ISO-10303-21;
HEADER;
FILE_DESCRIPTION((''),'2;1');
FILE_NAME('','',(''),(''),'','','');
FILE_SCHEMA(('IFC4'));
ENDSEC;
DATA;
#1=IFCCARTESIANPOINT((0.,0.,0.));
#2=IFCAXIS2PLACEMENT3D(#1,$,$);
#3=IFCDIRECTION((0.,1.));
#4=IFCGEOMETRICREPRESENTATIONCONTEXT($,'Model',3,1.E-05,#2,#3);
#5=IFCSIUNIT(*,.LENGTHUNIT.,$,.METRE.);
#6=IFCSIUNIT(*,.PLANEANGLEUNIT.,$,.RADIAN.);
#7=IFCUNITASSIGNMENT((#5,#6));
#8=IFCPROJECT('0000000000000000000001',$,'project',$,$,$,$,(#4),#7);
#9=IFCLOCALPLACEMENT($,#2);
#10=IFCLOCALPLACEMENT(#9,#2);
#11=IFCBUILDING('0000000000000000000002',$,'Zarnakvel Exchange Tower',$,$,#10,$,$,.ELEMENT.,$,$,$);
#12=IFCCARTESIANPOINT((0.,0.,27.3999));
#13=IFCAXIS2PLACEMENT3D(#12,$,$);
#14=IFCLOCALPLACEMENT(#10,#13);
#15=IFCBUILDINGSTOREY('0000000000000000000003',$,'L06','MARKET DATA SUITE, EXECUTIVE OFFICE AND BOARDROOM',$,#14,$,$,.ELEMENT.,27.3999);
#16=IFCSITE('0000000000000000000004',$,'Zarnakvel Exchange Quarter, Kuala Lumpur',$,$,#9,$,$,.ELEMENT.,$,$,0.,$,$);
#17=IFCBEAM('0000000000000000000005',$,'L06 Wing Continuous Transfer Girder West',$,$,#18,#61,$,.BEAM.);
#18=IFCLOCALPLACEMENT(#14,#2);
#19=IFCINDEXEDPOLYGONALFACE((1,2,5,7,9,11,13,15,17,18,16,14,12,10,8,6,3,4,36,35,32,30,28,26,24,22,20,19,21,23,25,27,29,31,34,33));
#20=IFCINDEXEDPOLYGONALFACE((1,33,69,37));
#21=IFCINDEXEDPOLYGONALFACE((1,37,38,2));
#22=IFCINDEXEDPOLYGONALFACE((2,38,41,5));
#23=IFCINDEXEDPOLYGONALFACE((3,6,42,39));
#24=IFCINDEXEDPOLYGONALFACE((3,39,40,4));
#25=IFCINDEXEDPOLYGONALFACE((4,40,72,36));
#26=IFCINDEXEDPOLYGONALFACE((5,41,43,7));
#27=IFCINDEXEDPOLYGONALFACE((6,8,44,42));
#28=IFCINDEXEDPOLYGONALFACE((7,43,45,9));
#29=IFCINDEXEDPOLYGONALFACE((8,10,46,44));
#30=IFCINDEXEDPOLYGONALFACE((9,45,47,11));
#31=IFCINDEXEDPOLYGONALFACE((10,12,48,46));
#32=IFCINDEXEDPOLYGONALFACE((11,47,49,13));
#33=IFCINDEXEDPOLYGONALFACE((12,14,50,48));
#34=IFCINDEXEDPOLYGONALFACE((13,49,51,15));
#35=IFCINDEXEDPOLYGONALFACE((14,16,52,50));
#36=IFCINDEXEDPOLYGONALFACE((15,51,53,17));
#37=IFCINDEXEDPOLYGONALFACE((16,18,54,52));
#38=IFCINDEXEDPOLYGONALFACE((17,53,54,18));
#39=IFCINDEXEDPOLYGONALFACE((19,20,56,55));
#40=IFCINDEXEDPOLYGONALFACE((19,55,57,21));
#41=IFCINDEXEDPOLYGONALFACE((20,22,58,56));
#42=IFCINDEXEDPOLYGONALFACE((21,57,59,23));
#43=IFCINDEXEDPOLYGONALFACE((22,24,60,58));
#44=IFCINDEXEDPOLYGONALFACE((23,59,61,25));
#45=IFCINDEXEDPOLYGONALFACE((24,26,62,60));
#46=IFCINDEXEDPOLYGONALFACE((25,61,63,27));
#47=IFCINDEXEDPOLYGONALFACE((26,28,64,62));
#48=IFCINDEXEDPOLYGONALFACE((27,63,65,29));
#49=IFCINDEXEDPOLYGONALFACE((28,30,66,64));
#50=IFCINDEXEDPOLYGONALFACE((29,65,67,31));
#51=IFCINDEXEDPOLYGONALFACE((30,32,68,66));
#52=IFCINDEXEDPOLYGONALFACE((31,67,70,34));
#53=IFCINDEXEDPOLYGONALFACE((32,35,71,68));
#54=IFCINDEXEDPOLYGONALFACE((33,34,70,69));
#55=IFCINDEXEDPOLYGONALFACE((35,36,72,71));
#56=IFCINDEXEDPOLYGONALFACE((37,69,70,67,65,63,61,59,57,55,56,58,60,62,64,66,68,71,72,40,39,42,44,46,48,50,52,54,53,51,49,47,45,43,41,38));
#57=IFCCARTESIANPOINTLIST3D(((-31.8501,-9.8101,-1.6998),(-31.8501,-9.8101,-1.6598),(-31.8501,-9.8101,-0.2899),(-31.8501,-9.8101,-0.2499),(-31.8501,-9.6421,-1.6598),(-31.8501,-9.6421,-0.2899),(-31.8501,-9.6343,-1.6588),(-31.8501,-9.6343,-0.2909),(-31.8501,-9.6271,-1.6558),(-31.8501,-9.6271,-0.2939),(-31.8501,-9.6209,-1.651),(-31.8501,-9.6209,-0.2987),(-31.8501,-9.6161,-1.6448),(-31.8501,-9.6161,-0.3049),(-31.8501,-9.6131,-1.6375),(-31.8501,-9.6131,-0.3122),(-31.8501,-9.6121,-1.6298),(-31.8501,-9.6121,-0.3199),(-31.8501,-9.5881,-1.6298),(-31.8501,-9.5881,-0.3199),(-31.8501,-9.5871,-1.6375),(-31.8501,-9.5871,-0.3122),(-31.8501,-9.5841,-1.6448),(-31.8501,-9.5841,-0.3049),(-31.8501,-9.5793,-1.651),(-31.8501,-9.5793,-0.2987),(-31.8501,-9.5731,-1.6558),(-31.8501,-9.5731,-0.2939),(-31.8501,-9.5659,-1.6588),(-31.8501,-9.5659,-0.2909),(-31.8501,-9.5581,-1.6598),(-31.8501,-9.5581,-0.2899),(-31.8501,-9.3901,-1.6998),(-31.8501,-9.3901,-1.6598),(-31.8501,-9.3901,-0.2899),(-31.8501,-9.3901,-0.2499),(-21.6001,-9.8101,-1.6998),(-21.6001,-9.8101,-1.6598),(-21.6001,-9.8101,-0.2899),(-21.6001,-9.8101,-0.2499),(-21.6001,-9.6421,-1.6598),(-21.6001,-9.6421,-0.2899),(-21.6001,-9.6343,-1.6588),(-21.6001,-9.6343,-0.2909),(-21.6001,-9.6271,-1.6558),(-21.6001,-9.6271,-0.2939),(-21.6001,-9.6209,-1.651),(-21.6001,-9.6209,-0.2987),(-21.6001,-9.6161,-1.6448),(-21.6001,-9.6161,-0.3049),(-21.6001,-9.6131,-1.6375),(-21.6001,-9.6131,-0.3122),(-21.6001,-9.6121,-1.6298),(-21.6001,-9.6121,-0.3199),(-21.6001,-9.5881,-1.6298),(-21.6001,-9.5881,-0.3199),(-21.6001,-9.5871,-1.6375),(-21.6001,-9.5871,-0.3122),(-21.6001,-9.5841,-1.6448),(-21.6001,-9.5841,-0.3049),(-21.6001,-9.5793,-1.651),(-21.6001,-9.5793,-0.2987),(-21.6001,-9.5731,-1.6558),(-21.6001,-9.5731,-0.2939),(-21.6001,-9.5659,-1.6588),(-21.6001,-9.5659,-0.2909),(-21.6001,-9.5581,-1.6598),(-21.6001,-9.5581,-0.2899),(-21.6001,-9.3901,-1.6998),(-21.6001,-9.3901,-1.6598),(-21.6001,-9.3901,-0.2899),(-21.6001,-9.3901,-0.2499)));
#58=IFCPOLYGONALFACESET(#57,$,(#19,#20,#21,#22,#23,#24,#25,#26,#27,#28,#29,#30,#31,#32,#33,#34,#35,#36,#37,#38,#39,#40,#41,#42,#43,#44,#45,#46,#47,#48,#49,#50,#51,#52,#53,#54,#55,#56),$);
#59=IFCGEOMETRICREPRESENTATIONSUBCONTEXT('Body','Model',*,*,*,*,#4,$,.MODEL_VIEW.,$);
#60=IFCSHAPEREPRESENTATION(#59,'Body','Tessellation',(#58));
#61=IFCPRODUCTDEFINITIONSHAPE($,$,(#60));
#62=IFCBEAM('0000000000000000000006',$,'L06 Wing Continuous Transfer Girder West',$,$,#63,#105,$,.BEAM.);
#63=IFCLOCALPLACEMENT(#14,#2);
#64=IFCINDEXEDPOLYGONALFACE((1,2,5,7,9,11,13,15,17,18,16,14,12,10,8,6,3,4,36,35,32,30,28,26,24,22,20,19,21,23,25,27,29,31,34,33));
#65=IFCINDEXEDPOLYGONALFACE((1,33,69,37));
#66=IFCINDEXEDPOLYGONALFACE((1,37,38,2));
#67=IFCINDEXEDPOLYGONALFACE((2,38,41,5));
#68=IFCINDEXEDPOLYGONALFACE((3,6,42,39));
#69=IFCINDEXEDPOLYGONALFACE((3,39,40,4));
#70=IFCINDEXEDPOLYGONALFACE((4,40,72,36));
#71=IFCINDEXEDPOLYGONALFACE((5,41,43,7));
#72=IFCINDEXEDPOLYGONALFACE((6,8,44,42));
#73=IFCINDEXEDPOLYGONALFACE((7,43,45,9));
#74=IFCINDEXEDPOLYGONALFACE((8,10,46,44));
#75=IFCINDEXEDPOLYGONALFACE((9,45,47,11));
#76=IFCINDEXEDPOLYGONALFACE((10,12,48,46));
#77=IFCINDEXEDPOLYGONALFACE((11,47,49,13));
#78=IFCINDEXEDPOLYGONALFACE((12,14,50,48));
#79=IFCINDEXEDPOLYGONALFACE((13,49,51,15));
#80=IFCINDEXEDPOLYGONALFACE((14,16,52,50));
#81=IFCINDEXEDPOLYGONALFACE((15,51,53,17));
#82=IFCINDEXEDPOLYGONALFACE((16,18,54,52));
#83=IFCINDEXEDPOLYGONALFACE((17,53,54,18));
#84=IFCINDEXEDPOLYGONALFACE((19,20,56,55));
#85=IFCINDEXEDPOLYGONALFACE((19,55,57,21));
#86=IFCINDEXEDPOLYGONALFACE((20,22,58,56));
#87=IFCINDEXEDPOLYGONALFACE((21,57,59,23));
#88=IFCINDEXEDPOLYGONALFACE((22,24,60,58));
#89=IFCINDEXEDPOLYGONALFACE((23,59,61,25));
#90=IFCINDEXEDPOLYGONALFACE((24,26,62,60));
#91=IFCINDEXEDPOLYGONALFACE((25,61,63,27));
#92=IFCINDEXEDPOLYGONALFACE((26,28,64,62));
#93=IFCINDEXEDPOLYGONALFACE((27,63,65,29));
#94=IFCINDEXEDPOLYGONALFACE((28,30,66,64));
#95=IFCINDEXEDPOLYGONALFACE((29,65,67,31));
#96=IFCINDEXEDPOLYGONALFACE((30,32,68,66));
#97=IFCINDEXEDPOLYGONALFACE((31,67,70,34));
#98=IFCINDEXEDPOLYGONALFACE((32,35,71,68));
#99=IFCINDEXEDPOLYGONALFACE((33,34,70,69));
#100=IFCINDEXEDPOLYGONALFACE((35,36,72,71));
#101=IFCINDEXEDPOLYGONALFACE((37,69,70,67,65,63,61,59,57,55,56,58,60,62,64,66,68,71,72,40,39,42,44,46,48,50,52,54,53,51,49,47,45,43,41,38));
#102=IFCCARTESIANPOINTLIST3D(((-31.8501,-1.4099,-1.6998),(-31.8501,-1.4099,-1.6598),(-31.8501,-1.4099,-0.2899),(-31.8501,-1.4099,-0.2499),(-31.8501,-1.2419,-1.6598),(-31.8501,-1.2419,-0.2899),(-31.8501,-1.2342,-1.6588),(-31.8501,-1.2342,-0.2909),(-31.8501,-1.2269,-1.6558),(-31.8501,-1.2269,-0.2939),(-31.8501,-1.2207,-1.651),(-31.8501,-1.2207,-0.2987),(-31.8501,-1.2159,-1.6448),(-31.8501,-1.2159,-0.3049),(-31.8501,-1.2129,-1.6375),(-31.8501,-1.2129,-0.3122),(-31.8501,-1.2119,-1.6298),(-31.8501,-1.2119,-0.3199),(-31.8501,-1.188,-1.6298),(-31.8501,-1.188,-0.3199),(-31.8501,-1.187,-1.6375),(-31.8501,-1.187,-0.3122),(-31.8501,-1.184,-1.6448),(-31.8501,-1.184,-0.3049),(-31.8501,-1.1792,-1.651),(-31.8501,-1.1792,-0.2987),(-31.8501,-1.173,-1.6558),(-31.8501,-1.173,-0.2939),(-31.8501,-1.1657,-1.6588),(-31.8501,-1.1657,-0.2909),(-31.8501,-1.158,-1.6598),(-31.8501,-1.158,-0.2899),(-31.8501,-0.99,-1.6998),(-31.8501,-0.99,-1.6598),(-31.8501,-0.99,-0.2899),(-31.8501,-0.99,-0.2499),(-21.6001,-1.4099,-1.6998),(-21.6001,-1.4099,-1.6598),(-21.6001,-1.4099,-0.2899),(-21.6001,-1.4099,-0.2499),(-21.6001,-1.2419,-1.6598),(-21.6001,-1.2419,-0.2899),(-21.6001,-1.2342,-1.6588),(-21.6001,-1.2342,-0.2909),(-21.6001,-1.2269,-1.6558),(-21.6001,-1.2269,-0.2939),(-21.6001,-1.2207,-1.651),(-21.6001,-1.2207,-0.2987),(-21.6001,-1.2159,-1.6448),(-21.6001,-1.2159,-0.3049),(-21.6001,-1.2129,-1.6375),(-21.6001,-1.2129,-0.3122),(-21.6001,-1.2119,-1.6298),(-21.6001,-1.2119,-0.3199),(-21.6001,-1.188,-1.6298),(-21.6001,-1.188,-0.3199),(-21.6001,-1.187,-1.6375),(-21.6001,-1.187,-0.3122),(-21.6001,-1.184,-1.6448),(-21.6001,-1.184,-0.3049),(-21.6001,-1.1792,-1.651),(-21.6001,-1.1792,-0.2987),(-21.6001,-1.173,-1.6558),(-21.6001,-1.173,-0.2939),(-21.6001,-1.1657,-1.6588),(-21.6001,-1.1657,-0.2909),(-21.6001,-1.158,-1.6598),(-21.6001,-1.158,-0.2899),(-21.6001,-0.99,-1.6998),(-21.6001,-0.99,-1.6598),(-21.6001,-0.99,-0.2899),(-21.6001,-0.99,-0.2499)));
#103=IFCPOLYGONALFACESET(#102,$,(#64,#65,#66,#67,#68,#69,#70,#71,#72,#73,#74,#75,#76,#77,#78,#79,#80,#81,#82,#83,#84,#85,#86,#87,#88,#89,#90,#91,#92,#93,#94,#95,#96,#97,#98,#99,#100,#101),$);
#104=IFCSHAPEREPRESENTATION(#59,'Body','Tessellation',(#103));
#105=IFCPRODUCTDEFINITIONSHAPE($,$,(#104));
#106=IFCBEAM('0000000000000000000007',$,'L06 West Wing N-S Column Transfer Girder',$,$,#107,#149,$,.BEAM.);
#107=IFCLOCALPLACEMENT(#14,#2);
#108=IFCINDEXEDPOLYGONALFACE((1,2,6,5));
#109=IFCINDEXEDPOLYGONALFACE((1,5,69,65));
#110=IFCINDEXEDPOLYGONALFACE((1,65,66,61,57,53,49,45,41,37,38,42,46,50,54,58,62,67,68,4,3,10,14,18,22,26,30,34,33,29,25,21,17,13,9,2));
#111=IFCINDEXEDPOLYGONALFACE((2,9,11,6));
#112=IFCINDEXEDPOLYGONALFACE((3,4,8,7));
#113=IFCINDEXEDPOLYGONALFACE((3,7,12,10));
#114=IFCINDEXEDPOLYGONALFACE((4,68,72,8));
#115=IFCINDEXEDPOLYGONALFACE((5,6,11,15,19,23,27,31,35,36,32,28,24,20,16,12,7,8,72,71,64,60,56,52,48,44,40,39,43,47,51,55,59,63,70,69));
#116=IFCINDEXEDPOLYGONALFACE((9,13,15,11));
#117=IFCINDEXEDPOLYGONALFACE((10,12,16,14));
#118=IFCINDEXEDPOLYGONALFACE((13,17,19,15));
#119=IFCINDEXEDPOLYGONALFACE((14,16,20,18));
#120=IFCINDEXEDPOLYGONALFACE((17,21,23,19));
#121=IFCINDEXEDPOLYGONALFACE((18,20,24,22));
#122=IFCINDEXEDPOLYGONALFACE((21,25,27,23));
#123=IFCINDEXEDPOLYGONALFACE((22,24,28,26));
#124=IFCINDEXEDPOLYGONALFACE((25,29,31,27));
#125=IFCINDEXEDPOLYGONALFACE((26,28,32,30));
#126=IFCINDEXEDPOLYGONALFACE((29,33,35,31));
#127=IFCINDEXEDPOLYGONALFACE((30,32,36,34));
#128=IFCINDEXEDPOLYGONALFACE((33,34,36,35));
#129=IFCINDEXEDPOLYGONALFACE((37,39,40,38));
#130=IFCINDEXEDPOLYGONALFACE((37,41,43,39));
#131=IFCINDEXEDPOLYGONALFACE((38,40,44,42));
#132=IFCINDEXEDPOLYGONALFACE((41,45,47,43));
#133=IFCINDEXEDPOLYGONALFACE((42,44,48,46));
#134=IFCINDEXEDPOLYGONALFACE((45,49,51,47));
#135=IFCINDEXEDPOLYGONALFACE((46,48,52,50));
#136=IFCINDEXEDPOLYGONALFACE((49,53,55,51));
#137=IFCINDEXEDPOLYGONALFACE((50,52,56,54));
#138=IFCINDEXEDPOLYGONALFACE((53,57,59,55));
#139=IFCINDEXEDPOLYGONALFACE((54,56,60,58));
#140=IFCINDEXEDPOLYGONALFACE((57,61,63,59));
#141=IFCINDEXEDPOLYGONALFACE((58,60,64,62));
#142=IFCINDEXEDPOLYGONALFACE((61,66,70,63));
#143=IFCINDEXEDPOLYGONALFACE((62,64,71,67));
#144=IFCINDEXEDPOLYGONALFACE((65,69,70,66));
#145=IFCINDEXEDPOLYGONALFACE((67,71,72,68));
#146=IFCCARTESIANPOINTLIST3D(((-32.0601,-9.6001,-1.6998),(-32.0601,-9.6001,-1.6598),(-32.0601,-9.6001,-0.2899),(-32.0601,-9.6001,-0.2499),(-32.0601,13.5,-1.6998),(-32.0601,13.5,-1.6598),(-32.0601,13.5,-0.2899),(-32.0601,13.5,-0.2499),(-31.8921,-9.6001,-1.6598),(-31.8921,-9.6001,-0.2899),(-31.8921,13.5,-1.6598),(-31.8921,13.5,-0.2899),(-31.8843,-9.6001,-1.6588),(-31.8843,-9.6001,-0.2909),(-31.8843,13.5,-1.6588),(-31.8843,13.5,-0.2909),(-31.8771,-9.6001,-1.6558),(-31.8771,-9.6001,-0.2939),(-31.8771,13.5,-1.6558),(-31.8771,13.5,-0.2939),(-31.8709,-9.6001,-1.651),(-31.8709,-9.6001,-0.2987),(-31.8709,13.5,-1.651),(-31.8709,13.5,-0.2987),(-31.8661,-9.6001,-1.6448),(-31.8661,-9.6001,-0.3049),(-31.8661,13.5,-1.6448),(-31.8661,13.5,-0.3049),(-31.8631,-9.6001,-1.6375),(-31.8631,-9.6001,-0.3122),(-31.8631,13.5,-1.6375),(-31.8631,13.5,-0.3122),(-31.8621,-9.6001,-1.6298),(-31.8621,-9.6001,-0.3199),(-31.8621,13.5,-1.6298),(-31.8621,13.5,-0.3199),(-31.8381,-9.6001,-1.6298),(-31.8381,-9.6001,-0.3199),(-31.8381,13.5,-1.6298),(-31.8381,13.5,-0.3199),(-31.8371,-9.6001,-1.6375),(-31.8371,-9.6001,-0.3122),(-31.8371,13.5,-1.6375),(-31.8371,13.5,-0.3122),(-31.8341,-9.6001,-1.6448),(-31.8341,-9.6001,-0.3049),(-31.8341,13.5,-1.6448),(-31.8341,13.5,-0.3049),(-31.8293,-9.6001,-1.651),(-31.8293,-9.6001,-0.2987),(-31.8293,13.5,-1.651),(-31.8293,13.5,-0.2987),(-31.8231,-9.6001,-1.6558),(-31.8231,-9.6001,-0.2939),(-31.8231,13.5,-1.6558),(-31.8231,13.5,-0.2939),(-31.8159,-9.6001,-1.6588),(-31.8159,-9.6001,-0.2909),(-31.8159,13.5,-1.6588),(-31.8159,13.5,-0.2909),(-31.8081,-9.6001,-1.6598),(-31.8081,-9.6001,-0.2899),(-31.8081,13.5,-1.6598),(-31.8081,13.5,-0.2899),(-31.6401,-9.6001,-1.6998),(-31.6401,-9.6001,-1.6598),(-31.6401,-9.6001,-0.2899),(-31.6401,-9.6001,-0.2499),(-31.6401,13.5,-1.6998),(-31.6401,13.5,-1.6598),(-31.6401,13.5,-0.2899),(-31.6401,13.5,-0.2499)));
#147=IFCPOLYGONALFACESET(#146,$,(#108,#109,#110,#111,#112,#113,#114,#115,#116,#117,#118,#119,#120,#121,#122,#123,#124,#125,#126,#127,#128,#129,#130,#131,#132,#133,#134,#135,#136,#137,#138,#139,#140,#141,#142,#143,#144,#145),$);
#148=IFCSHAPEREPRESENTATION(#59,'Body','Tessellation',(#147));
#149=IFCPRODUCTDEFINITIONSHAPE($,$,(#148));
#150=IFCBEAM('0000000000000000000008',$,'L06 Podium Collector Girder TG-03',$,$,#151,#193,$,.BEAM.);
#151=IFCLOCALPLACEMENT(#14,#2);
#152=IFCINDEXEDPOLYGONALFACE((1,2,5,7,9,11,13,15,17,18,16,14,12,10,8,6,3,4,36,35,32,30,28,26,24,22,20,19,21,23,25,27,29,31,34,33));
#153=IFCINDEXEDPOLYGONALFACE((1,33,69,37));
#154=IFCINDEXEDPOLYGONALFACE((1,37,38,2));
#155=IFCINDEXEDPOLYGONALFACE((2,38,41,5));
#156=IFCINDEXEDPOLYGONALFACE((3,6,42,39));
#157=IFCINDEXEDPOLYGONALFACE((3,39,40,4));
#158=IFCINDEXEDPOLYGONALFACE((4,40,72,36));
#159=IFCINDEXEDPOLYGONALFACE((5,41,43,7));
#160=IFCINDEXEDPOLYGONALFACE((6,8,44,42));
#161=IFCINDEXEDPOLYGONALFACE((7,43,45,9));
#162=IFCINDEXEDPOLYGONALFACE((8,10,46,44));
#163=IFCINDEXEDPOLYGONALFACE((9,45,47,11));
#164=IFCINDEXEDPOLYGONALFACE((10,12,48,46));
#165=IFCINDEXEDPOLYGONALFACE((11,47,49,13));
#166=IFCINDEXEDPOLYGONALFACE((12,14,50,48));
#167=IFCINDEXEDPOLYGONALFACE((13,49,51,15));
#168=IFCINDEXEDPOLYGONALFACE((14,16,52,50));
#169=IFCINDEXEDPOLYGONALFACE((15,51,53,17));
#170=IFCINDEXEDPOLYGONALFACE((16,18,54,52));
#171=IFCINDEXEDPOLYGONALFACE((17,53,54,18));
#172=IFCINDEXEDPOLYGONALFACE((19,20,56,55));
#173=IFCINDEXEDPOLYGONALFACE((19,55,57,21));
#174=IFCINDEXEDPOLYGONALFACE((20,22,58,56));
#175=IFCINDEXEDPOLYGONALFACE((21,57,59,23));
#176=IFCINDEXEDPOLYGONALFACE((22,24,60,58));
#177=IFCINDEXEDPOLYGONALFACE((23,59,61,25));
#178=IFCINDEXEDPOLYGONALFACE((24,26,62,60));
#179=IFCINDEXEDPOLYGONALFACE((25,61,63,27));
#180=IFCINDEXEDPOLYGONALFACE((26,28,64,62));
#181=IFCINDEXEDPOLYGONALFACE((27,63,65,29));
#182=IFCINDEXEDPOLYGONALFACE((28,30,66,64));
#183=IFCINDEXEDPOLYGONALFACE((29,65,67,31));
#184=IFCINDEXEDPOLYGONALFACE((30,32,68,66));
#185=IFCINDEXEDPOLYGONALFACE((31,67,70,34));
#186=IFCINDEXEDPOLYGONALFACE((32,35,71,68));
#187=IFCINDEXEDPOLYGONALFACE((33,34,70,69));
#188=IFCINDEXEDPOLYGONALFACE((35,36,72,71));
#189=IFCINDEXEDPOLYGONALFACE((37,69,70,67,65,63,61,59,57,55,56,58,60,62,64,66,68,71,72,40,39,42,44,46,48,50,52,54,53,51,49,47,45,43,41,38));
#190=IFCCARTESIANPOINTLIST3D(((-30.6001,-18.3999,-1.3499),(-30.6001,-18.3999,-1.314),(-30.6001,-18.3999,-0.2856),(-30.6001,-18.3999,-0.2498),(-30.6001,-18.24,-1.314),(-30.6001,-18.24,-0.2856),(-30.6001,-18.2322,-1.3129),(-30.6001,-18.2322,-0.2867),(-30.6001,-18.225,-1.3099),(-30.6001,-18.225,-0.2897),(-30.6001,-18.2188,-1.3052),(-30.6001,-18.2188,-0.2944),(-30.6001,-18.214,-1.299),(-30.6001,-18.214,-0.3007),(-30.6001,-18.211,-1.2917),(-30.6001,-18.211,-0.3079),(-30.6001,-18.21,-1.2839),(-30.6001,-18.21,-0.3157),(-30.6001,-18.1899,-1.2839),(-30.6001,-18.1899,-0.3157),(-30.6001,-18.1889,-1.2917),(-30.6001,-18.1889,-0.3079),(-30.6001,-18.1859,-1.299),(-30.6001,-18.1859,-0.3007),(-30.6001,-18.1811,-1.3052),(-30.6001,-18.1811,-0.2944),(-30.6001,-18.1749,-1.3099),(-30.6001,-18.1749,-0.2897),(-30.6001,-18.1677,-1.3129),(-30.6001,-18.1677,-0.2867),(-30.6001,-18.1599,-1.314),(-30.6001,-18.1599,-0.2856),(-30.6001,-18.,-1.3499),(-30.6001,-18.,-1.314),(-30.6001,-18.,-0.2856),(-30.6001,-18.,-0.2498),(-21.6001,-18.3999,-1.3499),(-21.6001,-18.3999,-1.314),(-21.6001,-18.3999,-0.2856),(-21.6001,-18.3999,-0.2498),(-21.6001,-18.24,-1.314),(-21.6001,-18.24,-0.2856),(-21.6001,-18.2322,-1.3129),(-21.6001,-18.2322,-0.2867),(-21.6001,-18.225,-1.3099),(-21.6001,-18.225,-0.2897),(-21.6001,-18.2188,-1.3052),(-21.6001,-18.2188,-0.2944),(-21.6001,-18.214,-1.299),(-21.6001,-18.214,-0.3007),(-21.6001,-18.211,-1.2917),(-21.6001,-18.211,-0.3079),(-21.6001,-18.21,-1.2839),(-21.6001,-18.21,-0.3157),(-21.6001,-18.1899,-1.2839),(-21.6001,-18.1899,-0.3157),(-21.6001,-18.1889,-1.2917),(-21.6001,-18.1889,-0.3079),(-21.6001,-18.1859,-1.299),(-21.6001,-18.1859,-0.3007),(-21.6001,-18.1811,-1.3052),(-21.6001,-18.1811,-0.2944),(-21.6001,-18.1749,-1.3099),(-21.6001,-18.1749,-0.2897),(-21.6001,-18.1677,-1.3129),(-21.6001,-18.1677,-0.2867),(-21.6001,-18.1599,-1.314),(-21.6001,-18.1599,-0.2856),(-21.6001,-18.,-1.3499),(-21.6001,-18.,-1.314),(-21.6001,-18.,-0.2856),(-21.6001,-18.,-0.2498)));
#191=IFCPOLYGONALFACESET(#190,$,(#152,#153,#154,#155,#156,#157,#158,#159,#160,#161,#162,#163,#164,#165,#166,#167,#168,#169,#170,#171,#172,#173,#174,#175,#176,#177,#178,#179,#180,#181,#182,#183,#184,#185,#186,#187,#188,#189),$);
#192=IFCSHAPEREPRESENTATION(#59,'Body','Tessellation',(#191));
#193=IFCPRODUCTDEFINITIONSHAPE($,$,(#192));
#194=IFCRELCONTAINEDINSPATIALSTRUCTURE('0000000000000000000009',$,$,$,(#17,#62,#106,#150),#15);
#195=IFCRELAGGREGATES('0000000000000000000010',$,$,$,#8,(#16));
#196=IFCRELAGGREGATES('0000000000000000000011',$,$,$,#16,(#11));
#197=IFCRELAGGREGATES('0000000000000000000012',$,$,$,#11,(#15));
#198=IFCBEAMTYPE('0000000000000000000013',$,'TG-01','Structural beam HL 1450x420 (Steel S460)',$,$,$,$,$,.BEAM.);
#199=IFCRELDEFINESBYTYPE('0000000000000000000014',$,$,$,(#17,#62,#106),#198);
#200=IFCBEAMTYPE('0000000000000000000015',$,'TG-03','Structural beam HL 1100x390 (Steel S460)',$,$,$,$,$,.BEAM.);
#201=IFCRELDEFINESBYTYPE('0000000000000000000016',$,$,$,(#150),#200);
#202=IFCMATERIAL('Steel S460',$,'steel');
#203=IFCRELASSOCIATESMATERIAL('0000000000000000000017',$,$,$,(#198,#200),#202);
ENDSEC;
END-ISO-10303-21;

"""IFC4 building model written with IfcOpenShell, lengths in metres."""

from ifc_helpers import new_model, si_unit, direction, frame, origin, origin_2d, place, context, subcontext, project, spatial, i_section, extrude, material, material_profile, profile_set, type_object, element, save


model = new_model("IFC4")

# Units and contexts
model_context = context("Model", 3, precision=1e-05, world=origin(), true_north=direction((0.0, 1.0)))
body_context = subcontext(model_context, "Body", "Model", "MODEL_VIEW")
ifc_project = project(units=[si_unit("LENGTHUNIT", "METRE"), si_unit("PLANEANGLEUNIT", "RADIAN")], contexts=[model_context])

# Site, building, storey
site_placement = place(None, origin())
site = spatial("IfcSite", under=ifc_project, at=site_placement, Name="Zarnakvel Exchange Quarter, Kuala Lumpur", CompositionType="ELEMENT", RefElevation=0.0)
building_placement = place(site_placement, origin())
building = spatial("IfcBuilding", under=site, at=building_placement, Name="Zarnakvel Exchange Tower", CompositionType="ELEMENT")
storey_placement = place(building_placement, frame((0.0, 0.0, 27.3999)))
storey = spatial("IfcBuildingStorey", under=building, at=storey_placement, Name="L06", Description="MARKET DATA SUITE, EXECUTIVE OFFICE AND BOARDROOM", CompositionType="ELEMENT", Elevation=27.3999)

# Beams
ifc_material_1 = material(Name="Steel S460", Category="steel")
ifc_material_profile_1 = material_profile(ifc_material_1, i_section(OverallWidth=0.4199, OverallDepth=1.45, WebThickness=0.0239, FlangeThickness=0.04, FilletRadius=0.03, at=origin_2d()))
ifc_profile_set_1 = profile_set([ifc_material_profile_1], Name="Steel S460")
beam_type_1 = type_object("IfcBeamType", Name="TG-01", Description="Structural beam HL 1450x420 (Steel S460)", PredefinedType="BEAM", material=ifc_profile_set_1)
for number, where, z_axis, x_axis, name in (
    (1, (-31.8501, -9.6001, -0.9749), (1.0, 0.0, 0.0), (0.0, 1.0, 0.0), "L06 Wing Continuous Transfer Girder West"),
    (2, (-31.8501, -1.2, -0.9749), (1.0, 0.0, 0.0), (0.0, 1.0, 0.0), "L06 Wing Continuous Transfer Girder West"),
):
    element("IfcBeam", number, at=place(storey_placement, frame(where, z_axis=z_axis, x_axis=x_axis)), inside=storey, type_object=beam_type_1, Name=name, PredefinedType="BEAM", context=body_context, shape_type="SweptSolid", body=[
        extrude(i_section(OverallWidth=0.4199, OverallDepth=1.45, WebThickness=0.0239, FlangeThickness=0.04, FilletRadius=0.03, at=origin_2d()), origin(), (0.0, 0.0, 1.0), 10.25),
    ])
beam_1_placement = place(storey_placement, frame((-31.8501, -9.6001, -0.9749), z_axis=(0.0, 1.0, 0.0), x_axis=(-1.0, 0.0, 0.0)))
element("IfcBeam", 3, at=beam_1_placement, inside=storey, type_object=beam_type_1, Name="L06 West Wing N-S Column Transfer Girder", PredefinedType="BEAM", context=body_context, shape_type="SweptSolid", body=[
    extrude(i_section(OverallWidth=0.4199, OverallDepth=1.45, WebThickness=0.0239, FlangeThickness=0.04, FilletRadius=0.03, at=origin_2d()), origin(), (0.0, 0.0, 1.0), 23.1001),
])
ifc_material_profile_2 = material_profile(ifc_material_1, i_section(OverallWidth=0.3999, OverallDepth=1.1001, WebThickness=0.02, FlangeThickness=0.0359, FilletRadius=0.03, at=origin_2d()))
ifc_profile_set_2 = profile_set([ifc_material_profile_2], Name="Steel S460")
beam_type_2 = type_object("IfcBeamType", Name="TG-03", Description="Structural beam HL 1100x390 (Steel S460)", PredefinedType="BEAM", material=ifc_profile_set_2)
beam_2_placement = place(storey_placement, frame((-30.6001, -18.2, -0.7998), z_axis=(1.0, 0.0, 0.0), x_axis=(0.0, 1.0, 0.0)))
element("IfcBeam", 4, at=beam_2_placement, inside=storey, type_object=beam_type_2, Name="L06 Podium Collector Girder TG-03", PredefinedType="BEAM", context=body_context, shape_type="SweptSolid", body=[
    extrude(i_section(OverallWidth=0.3999, OverallDepth=1.1001, WebThickness=0.02, FlangeThickness=0.0359, FilletRadius=0.03, at=origin_2d()), origin(), (0.0, 0.0, 1.0), 9.0),
])

save(model, "model.ifc")
